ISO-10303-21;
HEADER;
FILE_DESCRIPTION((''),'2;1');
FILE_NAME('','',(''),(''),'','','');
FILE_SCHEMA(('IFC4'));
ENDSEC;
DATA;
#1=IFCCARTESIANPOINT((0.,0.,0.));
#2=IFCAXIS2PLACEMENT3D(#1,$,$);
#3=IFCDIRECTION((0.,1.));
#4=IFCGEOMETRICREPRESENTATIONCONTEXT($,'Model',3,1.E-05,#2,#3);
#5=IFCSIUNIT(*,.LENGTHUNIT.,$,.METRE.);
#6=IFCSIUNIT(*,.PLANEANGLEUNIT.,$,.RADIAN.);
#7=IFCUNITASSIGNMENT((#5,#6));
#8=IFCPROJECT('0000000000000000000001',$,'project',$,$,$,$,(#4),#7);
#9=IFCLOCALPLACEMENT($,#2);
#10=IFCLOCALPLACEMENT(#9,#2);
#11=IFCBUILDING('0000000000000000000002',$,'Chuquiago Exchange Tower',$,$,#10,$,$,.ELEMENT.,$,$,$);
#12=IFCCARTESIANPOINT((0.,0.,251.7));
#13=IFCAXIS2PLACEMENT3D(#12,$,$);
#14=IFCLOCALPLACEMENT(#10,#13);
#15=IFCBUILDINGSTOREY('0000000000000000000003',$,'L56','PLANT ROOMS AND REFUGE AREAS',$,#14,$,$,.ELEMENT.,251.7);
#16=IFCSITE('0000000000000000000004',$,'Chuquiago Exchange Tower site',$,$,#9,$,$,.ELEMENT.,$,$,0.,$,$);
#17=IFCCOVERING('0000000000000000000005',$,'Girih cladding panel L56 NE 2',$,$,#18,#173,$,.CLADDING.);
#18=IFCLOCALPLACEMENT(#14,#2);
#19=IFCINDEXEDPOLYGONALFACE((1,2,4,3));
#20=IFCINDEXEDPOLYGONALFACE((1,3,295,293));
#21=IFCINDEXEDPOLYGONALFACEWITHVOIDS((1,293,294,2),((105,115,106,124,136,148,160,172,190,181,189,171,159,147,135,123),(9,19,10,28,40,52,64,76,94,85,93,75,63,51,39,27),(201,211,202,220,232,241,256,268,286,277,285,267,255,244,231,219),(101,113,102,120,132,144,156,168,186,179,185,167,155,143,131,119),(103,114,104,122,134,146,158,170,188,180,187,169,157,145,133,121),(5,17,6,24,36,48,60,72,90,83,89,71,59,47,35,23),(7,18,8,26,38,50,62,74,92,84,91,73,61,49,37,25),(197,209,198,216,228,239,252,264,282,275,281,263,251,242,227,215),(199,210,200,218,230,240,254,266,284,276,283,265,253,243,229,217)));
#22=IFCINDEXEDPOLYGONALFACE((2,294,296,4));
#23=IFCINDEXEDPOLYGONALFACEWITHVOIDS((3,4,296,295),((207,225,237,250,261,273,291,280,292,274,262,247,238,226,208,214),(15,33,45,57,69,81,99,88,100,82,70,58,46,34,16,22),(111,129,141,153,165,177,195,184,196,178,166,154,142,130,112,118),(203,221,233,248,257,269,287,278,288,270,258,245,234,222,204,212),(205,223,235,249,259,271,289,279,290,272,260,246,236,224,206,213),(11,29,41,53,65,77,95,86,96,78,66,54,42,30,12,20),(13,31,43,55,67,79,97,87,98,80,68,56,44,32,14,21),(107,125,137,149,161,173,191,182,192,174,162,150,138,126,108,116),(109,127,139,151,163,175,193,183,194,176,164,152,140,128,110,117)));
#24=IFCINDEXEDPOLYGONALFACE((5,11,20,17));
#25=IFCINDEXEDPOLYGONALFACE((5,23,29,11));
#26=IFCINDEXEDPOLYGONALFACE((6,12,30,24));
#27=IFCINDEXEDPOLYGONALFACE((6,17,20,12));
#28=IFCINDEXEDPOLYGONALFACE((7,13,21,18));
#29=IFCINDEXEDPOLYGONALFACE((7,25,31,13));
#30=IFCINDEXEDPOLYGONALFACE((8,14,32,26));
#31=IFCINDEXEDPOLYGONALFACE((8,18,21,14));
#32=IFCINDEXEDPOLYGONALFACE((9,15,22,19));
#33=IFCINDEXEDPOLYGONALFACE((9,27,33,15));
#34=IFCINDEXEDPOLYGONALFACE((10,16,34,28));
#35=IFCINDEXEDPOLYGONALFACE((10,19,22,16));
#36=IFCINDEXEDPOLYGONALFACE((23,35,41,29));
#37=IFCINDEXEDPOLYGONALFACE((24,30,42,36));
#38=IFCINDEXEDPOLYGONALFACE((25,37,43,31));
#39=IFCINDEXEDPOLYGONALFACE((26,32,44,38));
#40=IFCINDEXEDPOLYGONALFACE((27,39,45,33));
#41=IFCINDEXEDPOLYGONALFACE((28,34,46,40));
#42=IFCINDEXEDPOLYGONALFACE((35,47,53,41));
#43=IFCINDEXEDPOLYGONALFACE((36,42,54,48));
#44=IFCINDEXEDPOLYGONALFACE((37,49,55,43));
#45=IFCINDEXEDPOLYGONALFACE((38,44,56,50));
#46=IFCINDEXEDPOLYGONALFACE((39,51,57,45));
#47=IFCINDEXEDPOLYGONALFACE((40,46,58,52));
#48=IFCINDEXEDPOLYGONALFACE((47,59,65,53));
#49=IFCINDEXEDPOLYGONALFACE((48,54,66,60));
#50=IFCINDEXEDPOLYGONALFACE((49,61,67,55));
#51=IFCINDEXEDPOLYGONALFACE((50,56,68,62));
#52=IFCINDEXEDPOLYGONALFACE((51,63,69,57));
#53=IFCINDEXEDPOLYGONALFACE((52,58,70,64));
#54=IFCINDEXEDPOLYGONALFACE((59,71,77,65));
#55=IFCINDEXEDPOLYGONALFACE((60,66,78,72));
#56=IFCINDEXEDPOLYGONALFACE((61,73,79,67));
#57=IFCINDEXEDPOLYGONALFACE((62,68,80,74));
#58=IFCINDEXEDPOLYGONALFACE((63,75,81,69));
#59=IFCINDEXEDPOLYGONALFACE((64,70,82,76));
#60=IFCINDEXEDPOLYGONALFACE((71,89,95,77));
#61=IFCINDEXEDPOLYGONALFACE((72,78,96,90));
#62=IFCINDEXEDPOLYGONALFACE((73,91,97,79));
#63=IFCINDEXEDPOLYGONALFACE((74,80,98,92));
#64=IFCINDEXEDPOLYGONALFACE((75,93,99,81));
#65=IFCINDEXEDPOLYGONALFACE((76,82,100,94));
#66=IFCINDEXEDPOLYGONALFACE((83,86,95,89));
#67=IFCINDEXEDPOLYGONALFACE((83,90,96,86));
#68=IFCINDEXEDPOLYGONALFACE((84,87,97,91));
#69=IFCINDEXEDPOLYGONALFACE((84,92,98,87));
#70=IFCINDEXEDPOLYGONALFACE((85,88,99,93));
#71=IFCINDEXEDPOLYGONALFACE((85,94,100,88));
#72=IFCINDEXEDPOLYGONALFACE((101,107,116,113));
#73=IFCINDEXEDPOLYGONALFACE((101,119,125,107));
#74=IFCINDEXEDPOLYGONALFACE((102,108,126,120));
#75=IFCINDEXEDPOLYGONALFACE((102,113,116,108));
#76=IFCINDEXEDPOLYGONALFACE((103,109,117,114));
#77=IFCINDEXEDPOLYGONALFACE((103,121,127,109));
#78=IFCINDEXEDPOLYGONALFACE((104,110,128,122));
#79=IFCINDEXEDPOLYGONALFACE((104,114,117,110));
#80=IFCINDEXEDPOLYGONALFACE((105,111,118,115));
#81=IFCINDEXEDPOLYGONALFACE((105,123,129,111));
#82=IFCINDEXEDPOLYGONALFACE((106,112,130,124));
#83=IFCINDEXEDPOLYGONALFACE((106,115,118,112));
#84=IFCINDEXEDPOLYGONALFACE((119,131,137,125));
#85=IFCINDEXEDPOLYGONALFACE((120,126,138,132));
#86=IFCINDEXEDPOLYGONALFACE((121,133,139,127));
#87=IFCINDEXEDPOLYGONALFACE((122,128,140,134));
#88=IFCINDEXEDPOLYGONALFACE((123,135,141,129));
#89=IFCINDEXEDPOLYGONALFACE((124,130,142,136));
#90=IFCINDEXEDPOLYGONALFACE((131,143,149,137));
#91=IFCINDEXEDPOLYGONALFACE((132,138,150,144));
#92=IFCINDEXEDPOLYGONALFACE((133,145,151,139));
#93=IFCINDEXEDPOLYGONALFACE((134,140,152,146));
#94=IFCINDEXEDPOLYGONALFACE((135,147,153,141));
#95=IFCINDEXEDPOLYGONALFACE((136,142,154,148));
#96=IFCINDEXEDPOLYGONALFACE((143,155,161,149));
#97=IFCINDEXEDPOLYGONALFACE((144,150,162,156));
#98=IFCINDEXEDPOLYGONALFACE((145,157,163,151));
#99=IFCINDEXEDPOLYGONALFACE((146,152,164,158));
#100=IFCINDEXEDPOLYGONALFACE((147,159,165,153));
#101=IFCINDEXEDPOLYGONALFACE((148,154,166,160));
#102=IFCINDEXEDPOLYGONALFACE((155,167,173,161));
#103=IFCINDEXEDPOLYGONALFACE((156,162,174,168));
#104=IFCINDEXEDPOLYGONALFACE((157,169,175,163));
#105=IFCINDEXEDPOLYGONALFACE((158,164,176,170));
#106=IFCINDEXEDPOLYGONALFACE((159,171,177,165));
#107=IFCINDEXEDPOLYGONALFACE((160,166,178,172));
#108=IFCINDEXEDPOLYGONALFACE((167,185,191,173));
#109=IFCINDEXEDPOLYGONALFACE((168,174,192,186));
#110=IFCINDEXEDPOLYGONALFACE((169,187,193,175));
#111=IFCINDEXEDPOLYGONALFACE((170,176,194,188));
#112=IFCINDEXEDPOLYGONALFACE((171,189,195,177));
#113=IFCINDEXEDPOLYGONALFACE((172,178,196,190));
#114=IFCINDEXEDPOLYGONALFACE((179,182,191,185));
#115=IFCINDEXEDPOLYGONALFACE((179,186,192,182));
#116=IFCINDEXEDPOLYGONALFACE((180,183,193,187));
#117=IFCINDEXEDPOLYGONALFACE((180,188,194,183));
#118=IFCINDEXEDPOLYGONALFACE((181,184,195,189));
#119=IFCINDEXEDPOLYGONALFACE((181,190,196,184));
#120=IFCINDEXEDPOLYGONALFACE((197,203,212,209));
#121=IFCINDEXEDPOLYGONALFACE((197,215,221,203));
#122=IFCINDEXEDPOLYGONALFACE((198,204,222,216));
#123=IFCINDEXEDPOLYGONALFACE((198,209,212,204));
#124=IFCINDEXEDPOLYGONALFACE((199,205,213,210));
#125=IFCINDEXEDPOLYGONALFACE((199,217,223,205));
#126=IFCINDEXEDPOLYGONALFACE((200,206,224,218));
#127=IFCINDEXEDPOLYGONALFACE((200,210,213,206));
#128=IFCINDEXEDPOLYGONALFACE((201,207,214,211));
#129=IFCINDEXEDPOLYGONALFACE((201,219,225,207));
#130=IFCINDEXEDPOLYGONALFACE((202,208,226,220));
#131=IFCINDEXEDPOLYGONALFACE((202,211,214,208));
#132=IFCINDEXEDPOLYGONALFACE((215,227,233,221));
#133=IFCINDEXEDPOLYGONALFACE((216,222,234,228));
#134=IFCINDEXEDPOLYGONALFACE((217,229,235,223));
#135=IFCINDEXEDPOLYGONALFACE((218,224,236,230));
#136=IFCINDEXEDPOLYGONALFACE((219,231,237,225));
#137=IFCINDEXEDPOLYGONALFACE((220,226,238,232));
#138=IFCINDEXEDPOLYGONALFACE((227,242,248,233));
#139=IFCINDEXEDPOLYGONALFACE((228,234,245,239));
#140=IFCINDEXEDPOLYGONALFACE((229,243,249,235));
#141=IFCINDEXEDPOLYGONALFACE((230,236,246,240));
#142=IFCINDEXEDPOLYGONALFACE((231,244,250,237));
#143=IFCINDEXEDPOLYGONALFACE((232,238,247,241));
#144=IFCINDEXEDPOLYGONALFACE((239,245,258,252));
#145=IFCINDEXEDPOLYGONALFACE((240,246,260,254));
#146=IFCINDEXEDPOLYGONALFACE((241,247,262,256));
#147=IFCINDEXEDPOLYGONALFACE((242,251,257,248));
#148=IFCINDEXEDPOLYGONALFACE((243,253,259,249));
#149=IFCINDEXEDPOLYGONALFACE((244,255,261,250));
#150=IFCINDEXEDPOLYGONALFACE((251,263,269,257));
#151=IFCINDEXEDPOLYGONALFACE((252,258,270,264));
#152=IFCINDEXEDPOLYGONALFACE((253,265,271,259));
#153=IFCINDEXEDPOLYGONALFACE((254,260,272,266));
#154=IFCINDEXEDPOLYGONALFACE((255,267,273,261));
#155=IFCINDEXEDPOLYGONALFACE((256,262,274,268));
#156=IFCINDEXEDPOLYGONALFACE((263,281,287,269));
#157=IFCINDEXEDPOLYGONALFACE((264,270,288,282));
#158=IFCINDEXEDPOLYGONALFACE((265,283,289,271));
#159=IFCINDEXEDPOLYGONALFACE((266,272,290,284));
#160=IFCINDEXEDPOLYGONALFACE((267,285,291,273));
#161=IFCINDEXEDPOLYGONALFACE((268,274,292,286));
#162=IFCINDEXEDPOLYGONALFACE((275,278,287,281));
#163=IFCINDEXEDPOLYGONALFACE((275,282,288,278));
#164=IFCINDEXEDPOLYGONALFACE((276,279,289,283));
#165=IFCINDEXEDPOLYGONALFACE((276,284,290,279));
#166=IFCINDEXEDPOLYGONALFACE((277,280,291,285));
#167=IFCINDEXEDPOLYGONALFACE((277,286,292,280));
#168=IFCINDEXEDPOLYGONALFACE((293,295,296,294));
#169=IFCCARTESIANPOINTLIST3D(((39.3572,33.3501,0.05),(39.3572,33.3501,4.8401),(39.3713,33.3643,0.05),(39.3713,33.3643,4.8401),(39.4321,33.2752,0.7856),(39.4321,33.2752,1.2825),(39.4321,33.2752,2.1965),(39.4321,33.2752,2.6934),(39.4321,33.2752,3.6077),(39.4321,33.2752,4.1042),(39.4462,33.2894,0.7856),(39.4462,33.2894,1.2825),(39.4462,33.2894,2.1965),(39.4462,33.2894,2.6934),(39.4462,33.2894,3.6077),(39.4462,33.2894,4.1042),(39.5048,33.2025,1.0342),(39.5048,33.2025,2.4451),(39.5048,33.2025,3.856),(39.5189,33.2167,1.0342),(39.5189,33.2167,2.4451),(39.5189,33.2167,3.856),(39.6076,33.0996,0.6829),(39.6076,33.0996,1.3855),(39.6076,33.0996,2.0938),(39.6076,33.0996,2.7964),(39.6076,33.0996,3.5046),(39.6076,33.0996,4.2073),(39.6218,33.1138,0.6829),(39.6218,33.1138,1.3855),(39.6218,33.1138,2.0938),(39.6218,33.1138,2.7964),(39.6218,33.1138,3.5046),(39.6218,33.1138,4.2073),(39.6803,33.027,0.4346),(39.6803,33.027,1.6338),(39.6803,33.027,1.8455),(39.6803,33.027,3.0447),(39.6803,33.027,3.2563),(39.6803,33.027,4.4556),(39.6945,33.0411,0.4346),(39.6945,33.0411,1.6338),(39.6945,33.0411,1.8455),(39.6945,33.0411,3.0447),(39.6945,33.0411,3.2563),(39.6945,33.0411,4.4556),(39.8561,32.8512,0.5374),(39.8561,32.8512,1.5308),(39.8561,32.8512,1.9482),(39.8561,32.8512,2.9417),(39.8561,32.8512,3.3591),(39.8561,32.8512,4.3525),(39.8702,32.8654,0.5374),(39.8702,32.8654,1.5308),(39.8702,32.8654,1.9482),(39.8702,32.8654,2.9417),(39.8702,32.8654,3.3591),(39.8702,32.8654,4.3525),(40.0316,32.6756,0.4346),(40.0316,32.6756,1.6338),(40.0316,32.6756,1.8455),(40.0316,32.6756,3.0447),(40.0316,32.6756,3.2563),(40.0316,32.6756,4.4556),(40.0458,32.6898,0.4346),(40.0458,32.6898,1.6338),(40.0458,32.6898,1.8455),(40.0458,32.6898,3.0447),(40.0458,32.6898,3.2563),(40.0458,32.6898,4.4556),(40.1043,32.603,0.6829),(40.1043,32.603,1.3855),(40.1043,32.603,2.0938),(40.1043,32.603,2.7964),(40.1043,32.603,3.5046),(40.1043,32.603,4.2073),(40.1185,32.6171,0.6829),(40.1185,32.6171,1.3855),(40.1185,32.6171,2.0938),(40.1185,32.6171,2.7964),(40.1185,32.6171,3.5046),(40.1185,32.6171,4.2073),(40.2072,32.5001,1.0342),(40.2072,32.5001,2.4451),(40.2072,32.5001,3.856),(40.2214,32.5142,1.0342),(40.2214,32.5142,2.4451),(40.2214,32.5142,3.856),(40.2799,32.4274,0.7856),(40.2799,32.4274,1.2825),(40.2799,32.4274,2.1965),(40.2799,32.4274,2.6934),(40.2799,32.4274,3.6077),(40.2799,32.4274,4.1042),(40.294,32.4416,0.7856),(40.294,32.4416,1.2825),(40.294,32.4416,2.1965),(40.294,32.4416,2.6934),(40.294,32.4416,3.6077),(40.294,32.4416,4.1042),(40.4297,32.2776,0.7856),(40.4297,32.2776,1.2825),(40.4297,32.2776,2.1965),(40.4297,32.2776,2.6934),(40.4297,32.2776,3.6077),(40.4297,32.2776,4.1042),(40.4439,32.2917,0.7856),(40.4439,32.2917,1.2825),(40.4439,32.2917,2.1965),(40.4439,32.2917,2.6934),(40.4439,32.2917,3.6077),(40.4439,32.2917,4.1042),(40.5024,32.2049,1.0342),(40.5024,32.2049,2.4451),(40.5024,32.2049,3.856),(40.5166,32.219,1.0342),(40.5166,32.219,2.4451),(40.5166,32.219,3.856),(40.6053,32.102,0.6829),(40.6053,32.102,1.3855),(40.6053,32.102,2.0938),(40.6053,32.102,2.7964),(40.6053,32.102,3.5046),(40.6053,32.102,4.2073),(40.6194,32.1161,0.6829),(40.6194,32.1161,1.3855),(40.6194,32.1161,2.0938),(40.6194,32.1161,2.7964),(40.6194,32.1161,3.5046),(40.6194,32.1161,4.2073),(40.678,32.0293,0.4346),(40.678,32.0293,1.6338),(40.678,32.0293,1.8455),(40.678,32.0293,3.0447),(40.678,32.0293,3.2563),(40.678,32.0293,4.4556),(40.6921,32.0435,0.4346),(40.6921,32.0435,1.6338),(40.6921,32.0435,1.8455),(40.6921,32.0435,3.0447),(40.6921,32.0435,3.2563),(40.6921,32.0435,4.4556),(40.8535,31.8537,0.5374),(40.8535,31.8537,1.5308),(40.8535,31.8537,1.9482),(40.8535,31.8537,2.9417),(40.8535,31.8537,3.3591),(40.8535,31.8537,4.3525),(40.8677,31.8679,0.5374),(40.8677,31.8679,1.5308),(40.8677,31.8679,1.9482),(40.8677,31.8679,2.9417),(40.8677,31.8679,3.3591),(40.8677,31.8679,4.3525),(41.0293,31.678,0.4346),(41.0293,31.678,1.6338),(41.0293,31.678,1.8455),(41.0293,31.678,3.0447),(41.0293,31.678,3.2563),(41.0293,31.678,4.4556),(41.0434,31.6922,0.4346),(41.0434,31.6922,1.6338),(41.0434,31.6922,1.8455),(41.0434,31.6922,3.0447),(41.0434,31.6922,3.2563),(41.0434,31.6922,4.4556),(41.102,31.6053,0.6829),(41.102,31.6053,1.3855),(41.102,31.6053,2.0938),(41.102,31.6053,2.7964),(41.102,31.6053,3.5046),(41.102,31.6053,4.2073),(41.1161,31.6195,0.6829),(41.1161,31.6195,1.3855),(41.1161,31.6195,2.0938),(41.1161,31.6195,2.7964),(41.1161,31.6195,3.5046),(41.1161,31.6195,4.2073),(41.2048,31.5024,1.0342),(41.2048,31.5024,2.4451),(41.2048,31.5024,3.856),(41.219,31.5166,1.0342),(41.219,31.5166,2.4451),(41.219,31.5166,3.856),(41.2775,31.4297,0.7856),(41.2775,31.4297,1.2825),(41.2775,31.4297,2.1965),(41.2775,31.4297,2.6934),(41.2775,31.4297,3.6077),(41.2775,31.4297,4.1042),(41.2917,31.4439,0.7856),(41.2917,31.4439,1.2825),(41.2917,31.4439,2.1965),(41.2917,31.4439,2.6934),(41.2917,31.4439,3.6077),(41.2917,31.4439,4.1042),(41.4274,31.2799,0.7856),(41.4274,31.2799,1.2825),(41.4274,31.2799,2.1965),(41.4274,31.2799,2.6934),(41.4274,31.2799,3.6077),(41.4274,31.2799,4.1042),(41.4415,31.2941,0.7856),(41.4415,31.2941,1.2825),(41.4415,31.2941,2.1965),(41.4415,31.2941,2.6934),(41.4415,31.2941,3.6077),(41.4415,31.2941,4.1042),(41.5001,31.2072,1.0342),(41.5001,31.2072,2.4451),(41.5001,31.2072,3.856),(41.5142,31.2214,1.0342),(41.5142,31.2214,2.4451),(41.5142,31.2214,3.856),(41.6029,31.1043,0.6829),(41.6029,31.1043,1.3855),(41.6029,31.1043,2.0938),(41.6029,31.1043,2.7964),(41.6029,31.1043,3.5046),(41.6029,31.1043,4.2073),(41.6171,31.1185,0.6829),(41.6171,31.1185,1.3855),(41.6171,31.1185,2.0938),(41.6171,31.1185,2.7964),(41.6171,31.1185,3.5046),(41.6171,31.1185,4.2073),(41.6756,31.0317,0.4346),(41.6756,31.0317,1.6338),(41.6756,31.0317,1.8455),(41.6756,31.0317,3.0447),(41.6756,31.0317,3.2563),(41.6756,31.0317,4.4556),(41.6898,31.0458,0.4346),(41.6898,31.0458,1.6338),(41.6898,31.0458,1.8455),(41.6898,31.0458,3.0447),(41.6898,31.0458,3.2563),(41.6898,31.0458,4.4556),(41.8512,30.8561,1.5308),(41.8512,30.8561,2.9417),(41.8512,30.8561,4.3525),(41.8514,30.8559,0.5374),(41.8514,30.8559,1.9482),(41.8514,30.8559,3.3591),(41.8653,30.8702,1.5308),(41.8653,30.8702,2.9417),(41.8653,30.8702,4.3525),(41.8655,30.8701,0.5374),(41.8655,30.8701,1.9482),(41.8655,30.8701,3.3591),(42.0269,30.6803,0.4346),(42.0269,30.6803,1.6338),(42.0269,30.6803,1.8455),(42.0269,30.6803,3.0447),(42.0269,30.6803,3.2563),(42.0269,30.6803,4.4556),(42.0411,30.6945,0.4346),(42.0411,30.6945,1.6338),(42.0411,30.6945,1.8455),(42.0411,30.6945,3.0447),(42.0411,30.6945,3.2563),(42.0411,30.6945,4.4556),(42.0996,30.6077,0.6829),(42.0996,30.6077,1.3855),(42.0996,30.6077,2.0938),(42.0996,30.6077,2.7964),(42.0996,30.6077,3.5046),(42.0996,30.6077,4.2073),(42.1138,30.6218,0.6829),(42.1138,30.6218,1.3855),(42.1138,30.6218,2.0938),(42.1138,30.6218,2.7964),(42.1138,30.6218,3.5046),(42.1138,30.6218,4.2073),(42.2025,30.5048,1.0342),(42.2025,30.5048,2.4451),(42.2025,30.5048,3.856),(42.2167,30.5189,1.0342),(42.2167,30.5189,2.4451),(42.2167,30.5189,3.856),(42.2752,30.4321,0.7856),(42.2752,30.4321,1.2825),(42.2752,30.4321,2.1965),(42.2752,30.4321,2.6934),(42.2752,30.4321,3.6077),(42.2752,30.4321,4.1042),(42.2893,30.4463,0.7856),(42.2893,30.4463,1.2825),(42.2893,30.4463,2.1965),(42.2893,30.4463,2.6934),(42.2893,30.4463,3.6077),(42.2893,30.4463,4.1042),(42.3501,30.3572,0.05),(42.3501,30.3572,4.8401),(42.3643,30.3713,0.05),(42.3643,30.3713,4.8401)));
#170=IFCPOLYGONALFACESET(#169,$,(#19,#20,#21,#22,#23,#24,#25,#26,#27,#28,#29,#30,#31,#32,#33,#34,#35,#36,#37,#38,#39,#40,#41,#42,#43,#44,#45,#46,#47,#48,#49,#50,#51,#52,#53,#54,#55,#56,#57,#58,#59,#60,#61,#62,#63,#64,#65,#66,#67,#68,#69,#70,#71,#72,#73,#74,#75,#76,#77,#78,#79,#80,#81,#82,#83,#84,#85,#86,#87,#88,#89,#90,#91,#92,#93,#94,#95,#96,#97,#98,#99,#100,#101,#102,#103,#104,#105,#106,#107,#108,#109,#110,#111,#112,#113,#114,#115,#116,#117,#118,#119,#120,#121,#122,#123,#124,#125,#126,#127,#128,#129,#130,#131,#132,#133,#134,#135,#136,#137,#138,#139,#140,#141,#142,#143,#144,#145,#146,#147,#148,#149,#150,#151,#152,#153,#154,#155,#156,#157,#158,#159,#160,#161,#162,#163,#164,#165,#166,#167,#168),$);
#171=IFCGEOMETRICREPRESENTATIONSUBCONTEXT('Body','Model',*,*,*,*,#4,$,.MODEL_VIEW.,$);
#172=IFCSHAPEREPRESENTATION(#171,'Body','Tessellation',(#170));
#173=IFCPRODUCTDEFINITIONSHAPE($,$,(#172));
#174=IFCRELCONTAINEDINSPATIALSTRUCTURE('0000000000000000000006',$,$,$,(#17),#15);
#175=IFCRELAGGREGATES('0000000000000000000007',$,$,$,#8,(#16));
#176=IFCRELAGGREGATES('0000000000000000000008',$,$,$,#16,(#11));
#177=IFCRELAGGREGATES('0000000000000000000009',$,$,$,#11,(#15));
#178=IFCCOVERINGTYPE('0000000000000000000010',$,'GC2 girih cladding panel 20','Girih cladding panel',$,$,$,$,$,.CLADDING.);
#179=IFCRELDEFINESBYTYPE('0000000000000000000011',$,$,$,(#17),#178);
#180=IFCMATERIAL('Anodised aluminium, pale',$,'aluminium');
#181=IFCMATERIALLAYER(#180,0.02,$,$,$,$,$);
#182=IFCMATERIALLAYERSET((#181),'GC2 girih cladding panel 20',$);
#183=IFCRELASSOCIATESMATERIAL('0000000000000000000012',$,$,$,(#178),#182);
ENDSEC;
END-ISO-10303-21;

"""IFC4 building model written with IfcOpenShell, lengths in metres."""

from ifc_helpers import new_model, si_unit, direction, frame, origin, place, context, subcontext, project, spatial, polyline, outline, extrude, material, layer, layer_set, type_object, element, save


model = new_model("IFC4")

# Units and contexts
model_context = context("Model", 3, precision=1e-05, world=origin(), true_north=direction((0.0, 1.0)))
body_context = subcontext(model_context, "Body", "Model", "MODEL_VIEW")
ifc_project = project(units=[si_unit("LENGTHUNIT", "METRE"), si_unit("PLANEANGLEUNIT", "RADIAN")], contexts=[model_context])

# Site, building, storey
site_placement = place(None, origin())
site = spatial("IfcSite", under=ifc_project, at=site_placement, Name="Chuquiago Exchange Tower site", CompositionType="ELEMENT", RefElevation=0.0)
building_placement = place(site_placement, origin())
building = spatial("IfcBuilding", under=site, at=building_placement, Name="Chuquiago Exchange Tower", CompositionType="ELEMENT")
storey_placement = place(building_placement, frame((0.0, 0.0, 251.7)))
storey = spatial("IfcBuildingStorey", under=building, at=storey_placement, Name="L56", Description="PLANT ROOMS AND REFUGE AREAS", CompositionType="ELEMENT", Elevation=251.7)

# Covering
ifc_material_1 = material(Name="Anodised aluminium, pale", Category="aluminium")
ifc_layer_1 = layer(ifc_material_1, 0.02)
ifc_layer_set_1 = layer_set([ifc_layer_1], Name="GC2 girih cladding panel 20")
covering_type = type_object("IfcCoveringType", Name="GC2 girih cladding panel 20", Description="Girih cladding panel", PredefinedType="CLADDING", material=ifc_layer_set_1)
covering_1_placement = place(storey_placement, frame((42.3501, 30.3572, 0.05), z_axis=(0.0, 0.0, 1.0), x_axis=(-0.707107, 0.707107, 0.0)))
element("IfcCovering", 1, at=covering_1_placement, inside=storey, type_object=covering_type, Name="Girih cladding panel L56 NE 2", PredefinedType="CLADDING", context=body_context, shape_type="SweptSolid", body=[
    extrude(outline(polyline([(0.0, 0.0), (4.2327, 0.0), (4.2327, 4.79), (0.0, 4.79), (0.0, 0.0)]), holes=[polyline([(1.2021, 0.9841), (1.3049, 1.2324), (1.0566, 1.3354), (0.9539, 1.5837), (0.7056, 1.4807), (0.457, 1.5837), (0.3542, 1.3354), (0.106, 1.2324), (0.2087, 0.9841), (0.106, 0.7356), (0.3542, 0.6328), (0.457, 0.3845), (0.7053, 0.4873), (0.9539, 0.3845), (1.0566, 0.6328), (1.3049, 0.7356), (1.2021, 0.9841)]), polyline([(2.613, 0.9841), (2.7158, 1.2324), (2.4675, 1.3354), (2.3647, 1.5837), (2.1165, 1.4807), (1.8679, 1.5837), (1.7651, 1.3354), (1.5168, 1.2324), (1.6196, 0.9841), (1.5168, 0.7356), (1.7651, 0.6328), (1.8679, 0.3845), (2.1165, 0.4873), (2.3647, 0.3845), (2.4675, 0.6328), (2.7158, 0.7356), (2.613, 0.9841)]), polyline([(4.0239, 0.9841), (4.1267, 1.2324), (3.8784, 1.3354), (3.7756, 1.5837), (3.5271, 1.4807), (3.2788, 1.5837), (3.176, 1.3354), (2.9277, 1.2324), (3.0305, 0.9841), (2.9277, 0.7356), (3.176, 0.6328), (3.2788, 0.3845), (3.5271, 0.4873), (3.7756, 0.3845), (3.8784, 0.6328), (4.1267, 0.7356), (4.0239, 0.9841)]), polyline([(1.2021, 2.395), (1.3049, 2.6433), (1.0566, 2.7463), (0.9539, 2.9946), (0.7056, 2.8916), (0.457, 2.9946), (0.3542, 2.7463), (0.106, 2.6433), (0.2087, 2.395), (0.106, 2.1465), (0.3542, 2.0437), (0.457, 1.7954), (0.7053, 1.8982), (0.9539, 1.7954), (1.0566, 2.0437), (1.3049, 2.1465), (1.2021, 2.395)]), polyline([(2.613, 2.395), (2.7158, 2.6433), (2.4675, 2.7463), (2.3647, 2.9946), (2.1165, 2.8916), (1.8679, 2.9946), (1.7651, 2.7463), (1.5168, 2.6433), (1.6196, 2.395), (1.5168, 2.1465), (1.7651, 2.0437), (1.8679, 1.7954), (2.1165, 1.8982), (2.3647, 1.7954), (2.4675, 2.0437), (2.7158, 2.1465), (2.613, 2.395)]), polyline([(4.0239, 2.395), (4.1267, 2.6433), (3.8784, 2.7463), (3.7756, 2.9946), (3.5271, 2.8916), (3.2788, 2.9946), (3.176, 2.7463), (2.9277, 2.6433), (3.0305, 2.395), (2.9277, 2.1465), (3.176, 2.0437), (3.2788, 1.7954), (3.5271, 1.8982), (3.7756, 1.7954), (3.8784, 2.0437), (4.1267, 2.1465), (4.0239, 2.395)]), polyline([(1.2021, 3.8059), (1.3049, 4.0542), (1.0566, 4.1572), (0.9539, 4.4055), (0.7056, 4.3025), (0.457, 4.4055), (0.3542, 4.1572), (0.106, 4.0542), (0.2087, 3.8059), (0.106, 3.5576), (0.3542, 3.4546), (0.457, 3.2063), (0.7053, 3.3091), (0.9539, 3.2063), (1.0566, 3.4546), (1.3049, 3.5576), (1.2021, 3.8059)]), polyline([(2.613, 3.8059), (2.7158, 4.0542), (2.4675, 4.1572), (2.3647, 4.4055), (2.1165, 4.3025), (1.8679, 4.4055), (1.7651, 4.1572), (1.5168, 4.0542), (1.6196, 3.8059), (1.5168, 3.5576), (1.7651, 3.4546), (1.8679, 3.2063), (2.1165, 3.3091), (2.3647, 3.2063), (2.4675, 3.4546), (2.7158, 3.5576), (2.613, 3.8059)]), polyline([(4.0239, 3.8059), (4.1267, 4.0542), (3.8784, 4.1572), (3.7756, 4.4055), (3.5271, 4.3025), (3.2788, 4.4055), (3.176, 4.1572), (2.9277, 4.0542), (3.0305, 3.8059), (2.9277, 3.5576), (3.176, 3.4546), (3.2788, 3.2063), (3.5271, 3.3091), (3.7756, 3.2063), (3.8784, 3.4546), (4.1267, 3.5576), (4.0239, 3.8059)])]), frame((0.0, 0.0, 0.0), z_axis=(0.0, -1.0, 0.0), x_axis=(1.0, 0.0, 0.0)), (0.0, 0.0, 1.0), 0.02),
])

save(model, "model.ifc")
